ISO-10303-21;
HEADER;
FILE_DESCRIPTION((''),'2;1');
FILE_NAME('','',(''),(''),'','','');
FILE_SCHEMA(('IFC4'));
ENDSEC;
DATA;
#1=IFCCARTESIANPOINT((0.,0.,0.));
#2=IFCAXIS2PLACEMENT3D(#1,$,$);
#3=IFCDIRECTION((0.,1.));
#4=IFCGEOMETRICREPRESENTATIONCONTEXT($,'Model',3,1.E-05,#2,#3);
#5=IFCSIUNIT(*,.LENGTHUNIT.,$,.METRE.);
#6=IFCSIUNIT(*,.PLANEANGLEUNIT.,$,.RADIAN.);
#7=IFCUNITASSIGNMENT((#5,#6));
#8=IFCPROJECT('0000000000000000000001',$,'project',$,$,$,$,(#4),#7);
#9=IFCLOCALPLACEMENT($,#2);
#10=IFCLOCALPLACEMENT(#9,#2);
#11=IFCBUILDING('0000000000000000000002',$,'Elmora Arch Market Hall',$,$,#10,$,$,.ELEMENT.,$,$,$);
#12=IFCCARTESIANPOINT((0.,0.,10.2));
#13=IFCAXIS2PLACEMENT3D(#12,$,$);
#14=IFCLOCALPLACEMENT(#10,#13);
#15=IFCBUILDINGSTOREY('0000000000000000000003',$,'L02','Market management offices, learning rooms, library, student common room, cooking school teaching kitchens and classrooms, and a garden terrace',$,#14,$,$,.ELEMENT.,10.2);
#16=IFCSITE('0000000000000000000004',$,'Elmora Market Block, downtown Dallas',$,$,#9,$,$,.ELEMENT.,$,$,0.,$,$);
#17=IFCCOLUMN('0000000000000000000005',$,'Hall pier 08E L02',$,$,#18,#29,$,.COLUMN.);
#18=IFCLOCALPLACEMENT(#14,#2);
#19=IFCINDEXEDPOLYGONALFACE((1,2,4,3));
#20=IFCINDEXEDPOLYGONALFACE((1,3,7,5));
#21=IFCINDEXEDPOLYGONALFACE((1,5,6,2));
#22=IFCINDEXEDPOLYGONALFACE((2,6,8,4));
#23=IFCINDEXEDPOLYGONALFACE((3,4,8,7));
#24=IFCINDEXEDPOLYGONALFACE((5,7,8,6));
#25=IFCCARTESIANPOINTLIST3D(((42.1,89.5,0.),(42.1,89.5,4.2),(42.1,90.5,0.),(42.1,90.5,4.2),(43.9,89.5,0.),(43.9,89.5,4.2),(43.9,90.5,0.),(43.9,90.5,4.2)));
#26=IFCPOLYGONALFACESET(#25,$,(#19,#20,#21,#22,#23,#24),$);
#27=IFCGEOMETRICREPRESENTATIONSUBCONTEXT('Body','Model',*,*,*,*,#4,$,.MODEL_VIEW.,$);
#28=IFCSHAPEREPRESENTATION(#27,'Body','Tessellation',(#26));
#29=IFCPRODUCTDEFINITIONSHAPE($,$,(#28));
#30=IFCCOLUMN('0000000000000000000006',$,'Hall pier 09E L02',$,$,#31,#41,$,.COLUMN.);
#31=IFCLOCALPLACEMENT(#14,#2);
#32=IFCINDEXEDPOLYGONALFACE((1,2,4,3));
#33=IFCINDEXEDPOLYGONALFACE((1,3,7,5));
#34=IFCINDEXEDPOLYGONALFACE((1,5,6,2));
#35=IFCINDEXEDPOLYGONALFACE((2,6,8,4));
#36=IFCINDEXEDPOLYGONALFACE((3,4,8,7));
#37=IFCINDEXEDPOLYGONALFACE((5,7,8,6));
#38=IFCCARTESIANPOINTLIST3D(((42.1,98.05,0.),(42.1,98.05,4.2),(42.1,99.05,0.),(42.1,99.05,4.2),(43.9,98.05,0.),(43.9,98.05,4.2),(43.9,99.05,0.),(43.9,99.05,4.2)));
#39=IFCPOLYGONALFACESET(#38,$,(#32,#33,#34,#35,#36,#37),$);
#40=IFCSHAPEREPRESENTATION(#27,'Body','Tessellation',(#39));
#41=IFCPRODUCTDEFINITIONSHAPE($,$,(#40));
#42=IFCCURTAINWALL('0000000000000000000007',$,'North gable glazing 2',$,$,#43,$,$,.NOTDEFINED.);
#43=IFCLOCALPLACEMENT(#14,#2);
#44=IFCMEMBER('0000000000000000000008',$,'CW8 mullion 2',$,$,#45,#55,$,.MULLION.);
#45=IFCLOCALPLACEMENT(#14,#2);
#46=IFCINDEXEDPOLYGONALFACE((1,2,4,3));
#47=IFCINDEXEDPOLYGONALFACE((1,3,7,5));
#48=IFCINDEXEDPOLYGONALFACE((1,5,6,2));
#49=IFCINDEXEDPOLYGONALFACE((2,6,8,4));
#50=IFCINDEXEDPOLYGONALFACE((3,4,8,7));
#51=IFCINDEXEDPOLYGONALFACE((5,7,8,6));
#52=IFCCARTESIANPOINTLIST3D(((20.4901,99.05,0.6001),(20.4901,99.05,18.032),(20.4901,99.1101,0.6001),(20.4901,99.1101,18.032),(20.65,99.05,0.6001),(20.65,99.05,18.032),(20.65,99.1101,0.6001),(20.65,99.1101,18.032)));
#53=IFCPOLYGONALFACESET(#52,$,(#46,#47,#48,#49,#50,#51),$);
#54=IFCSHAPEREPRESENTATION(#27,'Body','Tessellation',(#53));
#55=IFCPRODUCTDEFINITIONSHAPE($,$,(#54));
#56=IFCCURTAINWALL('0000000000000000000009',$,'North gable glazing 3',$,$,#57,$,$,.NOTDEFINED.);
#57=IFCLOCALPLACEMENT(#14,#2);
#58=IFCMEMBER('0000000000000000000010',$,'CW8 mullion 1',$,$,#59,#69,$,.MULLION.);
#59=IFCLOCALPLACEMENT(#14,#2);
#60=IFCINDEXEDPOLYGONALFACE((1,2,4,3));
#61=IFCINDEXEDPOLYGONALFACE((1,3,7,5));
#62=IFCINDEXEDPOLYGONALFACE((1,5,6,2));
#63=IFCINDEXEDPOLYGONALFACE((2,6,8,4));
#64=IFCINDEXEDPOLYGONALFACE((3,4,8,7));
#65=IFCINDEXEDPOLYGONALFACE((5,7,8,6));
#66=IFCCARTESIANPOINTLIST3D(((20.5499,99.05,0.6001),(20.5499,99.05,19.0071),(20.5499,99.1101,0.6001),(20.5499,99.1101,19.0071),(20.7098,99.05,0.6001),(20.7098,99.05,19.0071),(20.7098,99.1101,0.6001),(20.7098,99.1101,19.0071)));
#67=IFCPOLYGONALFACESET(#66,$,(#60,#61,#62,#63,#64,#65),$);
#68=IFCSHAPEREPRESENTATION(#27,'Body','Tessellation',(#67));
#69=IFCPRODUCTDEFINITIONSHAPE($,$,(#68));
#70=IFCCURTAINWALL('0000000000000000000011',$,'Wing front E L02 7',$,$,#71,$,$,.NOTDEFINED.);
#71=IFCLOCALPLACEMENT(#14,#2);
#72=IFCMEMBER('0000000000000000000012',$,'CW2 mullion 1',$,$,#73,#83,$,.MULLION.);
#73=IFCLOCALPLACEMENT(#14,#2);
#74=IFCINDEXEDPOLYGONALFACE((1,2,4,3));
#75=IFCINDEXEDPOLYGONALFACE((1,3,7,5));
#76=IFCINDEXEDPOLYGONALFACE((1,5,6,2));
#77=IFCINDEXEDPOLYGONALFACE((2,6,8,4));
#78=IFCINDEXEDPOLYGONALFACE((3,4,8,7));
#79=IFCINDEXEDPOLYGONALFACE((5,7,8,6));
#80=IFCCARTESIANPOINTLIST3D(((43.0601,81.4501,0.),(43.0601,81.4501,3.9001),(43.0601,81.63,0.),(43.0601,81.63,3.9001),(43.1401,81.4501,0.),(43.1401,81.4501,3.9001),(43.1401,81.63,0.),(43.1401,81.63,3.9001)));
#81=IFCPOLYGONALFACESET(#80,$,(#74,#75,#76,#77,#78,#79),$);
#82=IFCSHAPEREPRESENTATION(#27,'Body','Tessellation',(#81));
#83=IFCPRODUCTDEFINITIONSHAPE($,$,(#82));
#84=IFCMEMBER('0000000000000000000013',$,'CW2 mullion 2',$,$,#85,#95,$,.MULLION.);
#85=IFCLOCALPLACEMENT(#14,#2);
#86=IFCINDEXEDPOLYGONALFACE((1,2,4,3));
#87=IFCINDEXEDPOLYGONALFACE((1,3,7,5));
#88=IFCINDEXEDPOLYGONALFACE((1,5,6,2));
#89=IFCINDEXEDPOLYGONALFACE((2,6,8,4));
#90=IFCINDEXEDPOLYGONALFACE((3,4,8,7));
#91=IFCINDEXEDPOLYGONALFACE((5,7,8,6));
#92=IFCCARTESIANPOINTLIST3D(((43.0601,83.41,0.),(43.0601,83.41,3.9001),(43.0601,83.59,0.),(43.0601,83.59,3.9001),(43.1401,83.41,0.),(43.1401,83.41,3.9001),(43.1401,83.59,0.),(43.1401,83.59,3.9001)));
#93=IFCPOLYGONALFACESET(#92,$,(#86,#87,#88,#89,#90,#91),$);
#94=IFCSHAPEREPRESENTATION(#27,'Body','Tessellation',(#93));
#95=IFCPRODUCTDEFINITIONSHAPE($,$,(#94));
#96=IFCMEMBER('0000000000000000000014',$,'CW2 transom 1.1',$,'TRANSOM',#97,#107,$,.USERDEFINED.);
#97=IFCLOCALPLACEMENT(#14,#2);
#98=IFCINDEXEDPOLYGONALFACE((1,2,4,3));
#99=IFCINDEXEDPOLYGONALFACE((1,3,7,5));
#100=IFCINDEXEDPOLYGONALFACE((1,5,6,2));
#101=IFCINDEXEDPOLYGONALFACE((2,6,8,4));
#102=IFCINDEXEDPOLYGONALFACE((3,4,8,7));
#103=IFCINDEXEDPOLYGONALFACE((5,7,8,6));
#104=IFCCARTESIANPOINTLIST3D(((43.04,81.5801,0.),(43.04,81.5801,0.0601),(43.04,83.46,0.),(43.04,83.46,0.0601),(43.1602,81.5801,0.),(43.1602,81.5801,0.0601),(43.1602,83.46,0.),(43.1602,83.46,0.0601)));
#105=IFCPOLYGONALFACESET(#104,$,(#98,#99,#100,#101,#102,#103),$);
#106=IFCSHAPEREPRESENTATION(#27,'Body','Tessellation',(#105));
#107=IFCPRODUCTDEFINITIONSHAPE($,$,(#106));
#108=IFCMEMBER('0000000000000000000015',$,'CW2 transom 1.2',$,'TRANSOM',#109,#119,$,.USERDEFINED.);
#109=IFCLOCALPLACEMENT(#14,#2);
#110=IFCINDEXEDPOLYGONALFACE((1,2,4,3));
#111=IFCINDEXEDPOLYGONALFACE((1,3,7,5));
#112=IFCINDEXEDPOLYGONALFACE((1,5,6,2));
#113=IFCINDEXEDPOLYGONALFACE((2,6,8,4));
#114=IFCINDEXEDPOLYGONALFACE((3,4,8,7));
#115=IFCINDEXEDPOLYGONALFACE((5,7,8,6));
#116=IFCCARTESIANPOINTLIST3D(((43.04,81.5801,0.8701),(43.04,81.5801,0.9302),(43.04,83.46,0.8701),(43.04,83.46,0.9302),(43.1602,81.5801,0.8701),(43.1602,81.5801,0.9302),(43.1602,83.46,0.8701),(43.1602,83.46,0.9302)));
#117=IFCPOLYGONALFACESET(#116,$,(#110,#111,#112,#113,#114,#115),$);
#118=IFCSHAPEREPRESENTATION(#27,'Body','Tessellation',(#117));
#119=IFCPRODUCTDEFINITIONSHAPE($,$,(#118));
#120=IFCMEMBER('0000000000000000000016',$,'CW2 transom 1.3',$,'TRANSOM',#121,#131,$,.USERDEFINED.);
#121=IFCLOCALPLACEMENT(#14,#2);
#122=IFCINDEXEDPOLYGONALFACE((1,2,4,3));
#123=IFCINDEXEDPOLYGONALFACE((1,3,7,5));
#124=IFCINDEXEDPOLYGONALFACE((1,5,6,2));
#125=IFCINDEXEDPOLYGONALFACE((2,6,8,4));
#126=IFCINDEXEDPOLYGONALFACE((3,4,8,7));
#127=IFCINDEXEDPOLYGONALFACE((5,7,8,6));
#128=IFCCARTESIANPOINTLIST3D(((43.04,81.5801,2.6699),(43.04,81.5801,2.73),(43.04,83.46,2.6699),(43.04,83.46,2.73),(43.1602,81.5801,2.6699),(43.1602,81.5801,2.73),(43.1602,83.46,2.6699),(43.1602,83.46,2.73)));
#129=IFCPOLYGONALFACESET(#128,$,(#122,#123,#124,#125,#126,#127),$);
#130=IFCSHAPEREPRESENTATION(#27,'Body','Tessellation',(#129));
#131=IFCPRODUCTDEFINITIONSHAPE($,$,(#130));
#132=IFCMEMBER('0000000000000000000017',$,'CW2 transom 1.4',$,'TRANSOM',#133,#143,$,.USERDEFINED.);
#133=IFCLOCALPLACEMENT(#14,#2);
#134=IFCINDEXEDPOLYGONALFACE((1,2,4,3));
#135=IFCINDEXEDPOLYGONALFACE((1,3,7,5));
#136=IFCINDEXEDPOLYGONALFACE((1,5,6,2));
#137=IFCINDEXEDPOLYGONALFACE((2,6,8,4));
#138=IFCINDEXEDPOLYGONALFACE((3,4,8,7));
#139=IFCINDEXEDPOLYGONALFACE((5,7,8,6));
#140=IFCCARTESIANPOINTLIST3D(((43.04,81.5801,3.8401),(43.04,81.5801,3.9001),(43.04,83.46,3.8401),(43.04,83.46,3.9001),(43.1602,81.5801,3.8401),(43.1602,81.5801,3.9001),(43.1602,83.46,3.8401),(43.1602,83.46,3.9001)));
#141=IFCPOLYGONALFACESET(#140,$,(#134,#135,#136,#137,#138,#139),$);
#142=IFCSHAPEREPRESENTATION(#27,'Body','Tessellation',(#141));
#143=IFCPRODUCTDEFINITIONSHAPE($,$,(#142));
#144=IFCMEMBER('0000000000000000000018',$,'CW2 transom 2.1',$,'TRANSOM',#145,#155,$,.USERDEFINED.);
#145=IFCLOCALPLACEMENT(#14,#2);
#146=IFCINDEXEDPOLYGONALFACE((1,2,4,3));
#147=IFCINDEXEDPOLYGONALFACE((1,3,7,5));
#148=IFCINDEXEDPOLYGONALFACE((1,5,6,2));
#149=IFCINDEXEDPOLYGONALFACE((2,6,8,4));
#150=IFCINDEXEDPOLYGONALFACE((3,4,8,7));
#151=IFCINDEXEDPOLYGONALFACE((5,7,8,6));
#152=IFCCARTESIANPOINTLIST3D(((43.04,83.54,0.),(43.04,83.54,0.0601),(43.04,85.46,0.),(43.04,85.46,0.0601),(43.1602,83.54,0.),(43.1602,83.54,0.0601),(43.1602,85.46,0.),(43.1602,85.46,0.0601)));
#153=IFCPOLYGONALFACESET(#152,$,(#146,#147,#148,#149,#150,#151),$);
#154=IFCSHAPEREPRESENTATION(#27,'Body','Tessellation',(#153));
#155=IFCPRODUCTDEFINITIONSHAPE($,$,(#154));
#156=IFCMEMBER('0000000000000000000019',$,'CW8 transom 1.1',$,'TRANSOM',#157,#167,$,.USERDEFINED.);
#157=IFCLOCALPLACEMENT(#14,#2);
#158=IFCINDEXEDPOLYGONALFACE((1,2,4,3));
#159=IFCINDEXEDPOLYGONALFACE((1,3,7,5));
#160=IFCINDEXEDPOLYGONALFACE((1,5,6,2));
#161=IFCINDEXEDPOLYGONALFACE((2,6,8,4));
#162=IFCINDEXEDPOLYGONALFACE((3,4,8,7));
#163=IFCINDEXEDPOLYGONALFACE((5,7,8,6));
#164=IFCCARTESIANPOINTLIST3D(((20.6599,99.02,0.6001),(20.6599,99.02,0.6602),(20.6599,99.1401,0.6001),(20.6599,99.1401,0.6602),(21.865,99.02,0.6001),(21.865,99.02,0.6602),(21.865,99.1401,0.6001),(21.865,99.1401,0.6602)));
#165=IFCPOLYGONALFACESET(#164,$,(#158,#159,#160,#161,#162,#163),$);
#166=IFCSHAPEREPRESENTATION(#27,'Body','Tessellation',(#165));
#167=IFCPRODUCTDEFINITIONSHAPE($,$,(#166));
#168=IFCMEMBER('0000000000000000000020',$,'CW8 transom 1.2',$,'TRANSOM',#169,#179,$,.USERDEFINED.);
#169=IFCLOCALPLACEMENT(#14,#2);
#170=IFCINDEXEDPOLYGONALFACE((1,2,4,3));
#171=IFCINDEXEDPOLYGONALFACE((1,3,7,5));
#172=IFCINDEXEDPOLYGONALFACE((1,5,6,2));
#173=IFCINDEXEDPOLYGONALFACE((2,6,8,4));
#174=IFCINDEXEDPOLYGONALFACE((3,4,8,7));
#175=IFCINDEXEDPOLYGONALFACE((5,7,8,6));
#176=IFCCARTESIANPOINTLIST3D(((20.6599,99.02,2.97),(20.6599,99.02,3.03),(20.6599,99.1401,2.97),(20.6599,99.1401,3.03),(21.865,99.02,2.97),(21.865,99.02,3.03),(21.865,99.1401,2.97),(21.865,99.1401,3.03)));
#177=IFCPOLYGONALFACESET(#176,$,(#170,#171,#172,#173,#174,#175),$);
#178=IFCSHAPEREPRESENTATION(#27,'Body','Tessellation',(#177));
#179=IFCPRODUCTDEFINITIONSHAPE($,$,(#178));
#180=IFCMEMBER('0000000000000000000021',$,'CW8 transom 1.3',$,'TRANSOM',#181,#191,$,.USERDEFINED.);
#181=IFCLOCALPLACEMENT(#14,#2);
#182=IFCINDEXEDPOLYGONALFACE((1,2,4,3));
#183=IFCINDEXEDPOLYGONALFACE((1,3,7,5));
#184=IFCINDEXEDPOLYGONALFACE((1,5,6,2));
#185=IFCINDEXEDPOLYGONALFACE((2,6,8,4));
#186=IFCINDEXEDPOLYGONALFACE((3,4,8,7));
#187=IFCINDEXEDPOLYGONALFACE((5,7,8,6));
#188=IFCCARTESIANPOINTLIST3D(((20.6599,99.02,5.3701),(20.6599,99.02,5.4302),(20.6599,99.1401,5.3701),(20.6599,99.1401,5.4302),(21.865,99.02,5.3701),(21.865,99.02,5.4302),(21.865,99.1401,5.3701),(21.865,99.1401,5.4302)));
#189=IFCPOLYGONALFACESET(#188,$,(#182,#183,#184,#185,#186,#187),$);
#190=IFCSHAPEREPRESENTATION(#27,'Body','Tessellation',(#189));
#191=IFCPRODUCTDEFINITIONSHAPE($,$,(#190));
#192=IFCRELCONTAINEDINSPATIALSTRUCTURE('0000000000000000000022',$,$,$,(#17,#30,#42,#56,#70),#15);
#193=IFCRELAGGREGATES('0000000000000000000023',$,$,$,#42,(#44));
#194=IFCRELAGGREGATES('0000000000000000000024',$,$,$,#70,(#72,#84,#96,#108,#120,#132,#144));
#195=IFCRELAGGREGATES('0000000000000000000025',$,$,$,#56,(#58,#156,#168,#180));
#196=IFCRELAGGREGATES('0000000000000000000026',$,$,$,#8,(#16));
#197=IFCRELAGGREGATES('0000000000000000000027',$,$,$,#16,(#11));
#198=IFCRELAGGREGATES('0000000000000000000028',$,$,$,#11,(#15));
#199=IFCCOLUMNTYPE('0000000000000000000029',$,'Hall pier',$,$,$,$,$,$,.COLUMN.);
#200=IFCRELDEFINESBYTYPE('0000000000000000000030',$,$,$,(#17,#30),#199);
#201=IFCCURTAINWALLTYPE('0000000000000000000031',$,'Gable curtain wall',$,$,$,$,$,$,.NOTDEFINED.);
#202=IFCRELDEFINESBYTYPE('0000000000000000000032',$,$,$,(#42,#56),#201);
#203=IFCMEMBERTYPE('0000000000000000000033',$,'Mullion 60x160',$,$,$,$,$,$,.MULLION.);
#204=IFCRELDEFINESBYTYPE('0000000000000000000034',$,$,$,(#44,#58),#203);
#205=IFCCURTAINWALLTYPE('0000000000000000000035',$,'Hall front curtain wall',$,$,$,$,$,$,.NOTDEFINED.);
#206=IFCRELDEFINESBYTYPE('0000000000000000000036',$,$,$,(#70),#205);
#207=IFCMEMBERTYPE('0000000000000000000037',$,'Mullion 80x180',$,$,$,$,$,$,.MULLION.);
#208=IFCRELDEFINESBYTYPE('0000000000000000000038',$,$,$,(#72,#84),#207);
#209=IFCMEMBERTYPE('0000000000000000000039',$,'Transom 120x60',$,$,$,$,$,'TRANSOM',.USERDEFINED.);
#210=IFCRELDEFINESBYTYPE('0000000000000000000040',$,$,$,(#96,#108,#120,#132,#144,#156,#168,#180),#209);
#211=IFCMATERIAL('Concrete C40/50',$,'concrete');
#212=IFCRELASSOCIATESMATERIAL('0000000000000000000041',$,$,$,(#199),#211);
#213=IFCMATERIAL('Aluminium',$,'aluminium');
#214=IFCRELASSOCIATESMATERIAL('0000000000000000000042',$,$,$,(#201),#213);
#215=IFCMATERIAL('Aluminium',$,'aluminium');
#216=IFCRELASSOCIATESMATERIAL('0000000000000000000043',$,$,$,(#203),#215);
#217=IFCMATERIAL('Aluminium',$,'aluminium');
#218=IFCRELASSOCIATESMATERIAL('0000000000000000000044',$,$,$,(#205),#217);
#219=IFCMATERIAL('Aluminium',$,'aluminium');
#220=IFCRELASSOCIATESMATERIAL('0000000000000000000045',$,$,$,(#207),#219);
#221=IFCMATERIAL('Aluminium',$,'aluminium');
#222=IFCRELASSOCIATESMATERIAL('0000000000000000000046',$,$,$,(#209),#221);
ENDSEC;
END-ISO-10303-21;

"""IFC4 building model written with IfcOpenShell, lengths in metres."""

from ifc_helpers import new_model, si_unit, direction, frame, origin, origin_2d, place, context, subcontext, project, spatial, rectangle, extrude, material, material_profile, profile_set, type_object, element, aggregate, save


model = new_model("IFC4")

# Units and contexts
model_context = context("Model", 3, precision=1e-05, world=origin(), true_north=direction((0.0, 1.0)))
body_context = subcontext(model_context, "Body", "Model", "MODEL_VIEW")
ifc_project = project(units=[si_unit("LENGTHUNIT", "METRE"), si_unit("PLANEANGLEUNIT", "RADIAN")], contexts=[model_context])

# Site, building, storey
site_placement = place(None, origin())
site = spatial("IfcSite", under=ifc_project, at=site_placement, Name="Elmora Market Block, downtown Dallas", CompositionType="ELEMENT", RefElevation=0.0)
building_placement = place(site_placement, origin())
building = spatial("IfcBuilding", under=site, at=building_placement, Name="Elmora Arch Market Hall", CompositionType="ELEMENT")
storey_placement = place(building_placement, frame((0.0, 0.0, 10.2)))
storey = spatial("IfcBuildingStorey", under=building, at=storey_placement, Name="L02", Description="Market management offices, learning rooms, library, student common room, cooking school teaching kitchens and classrooms, and a garden terrace", CompositionType="ELEMENT", Elevation=10.2)

# Columns
ifc_material_1 = material(Name="Concrete C40/50", Category="concrete")
ifc_material_profile_1 = material_profile(ifc_material_1, rectangle(XDim=1.8, YDim=1.0, at=origin_2d()), Name="Hall pier")
ifc_profile_set_1 = profile_set([ifc_material_profile_1], Name="Concrete C40/50")
column_type = type_object("IfcColumnType", Name="Hall pier", PredefinedType="COLUMN", material=ifc_profile_set_1)
for number, where, z_axis, x_axis, name in (
    (1, (43.0, 90.0, 0.0), (0.0, 0.0, 1.0), (1.0, 0.0, 0.0), "Hall pier 08E L02"),
    (2, (43.0, 98.55, 0.0), (0.0, 0.0, 1.0), (1.0, 0.0, 0.0), "Hall pier 09E L02"),
):
    element("IfcColumn", number, at=place(storey_placement, frame(where, z_axis=z_axis, x_axis=x_axis)), inside=storey, type_object=column_type, Name=name, PredefinedType="COLUMN", context=body_context, shape_type="SweptSolid", body=[
        extrude(rectangle(XDim=1.8, YDim=1.0, at=origin_2d()), origin(), (0.0, 0.0, 1.0), 4.2),
    ])

# Curtain walls, members
ifc_material_2 = material(Name="Aluminium", Category="aluminium")
curtain_wall_type_1 = type_object("IfcCurtainWallType", Name="Gable curtain wall", PredefinedType="NOTDEFINED", material=ifc_material_2)
curtain_wall_1_placement = place(storey_placement, origin())
curtain_wall_1 = element("IfcCurtainWall", 3, at=curtain_wall_1_placement, inside=storey, type_object=curtain_wall_type_1, Name="North gable glazing 2", PredefinedType="NOTDEFINED")
ifc_material_3 = material(Name="Aluminium", Category="aluminium")
ifc_material_profile_2 = material_profile(ifc_material_3, rectangle(XDim=0.0601, YDim=0.1599, at=origin_2d()), Name="AL 60x160")
ifc_profile_set_2 = profile_set([ifc_material_profile_2], Name="Aluminium")
member_type_1 = type_object("IfcMemberType", Name="Mullion 60x160", PredefinedType="MULLION", material=ifc_profile_set_2)
member_1_placement = place(storey_placement, frame((20.5701, 99.0801, 0.6001), z_axis=(0.0, 0.0, 1.0), x_axis=(0.0, 1.0, 0.0)))
member_1 = element("IfcMember", 4, at=member_1_placement, type_object=member_type_1, Name="CW8 mullion 2", PredefinedType="MULLION", context=body_context, shape_type="SweptSolid", body=[
    extrude(rectangle(XDim=0.0601, YDim=0.1599, at=origin_2d()), origin(), (0.0, 0.0, 1.0), 17.4319),
])
aggregate(curtain_wall_1, [member_1])
curtain_wall_2_placement = place(storey_placement, origin())
curtain_wall_2 = element("IfcCurtainWall", 5, at=curtain_wall_2_placement, inside=storey, type_object=curtain_wall_type_1, Name="North gable glazing 3", PredefinedType="NOTDEFINED")
member_2_placement = place(storey_placement, frame((20.6299, 99.0801, 0.6001), z_axis=(0.0, 0.0, 1.0), x_axis=(0.0, 1.0, 0.0)))
member_2 = element("IfcMember", 6, at=member_2_placement, type_object=member_type_1, Name="CW8 mullion 1", PredefinedType="MULLION", context=body_context, shape_type="SweptSolid", body=[
    extrude(rectangle(XDim=0.0601, YDim=0.1599, at=origin_2d()), origin(), (0.0, 0.0, 1.0), 18.407),
])

# Curtain wall, members
ifc_material_4 = material(Name="Aluminium", Category="aluminium")
curtain_wall_type_2 = type_object("IfcCurtainWallType", Name="Hall front curtain wall", PredefinedType="NOTDEFINED", material=ifc_material_4)
curtain_wall_3_placement = place(storey_placement, origin())
curtain_wall_3 = element("IfcCurtainWall", 7, at=curtain_wall_3_placement, inside=storey, type_object=curtain_wall_type_2, Name="Wing front E L02 7", PredefinedType="NOTDEFINED")
ifc_material_5 = material(Name="Aluminium", Category="aluminium")
ifc_material_profile_3 = material_profile(ifc_material_5, rectangle(XDim=0.0801, YDim=0.1799, at=origin_2d()), Name="AL 80x180")
ifc_profile_set_3 = profile_set([ifc_material_profile_3], Name="Aluminium")
member_type_2 = type_object("IfcMemberType", Name="Mullion 80x180", PredefinedType="MULLION", material=ifc_profile_set_3)
member_3_placement = place(storey_placement, frame((43.1001, 81.54, 0.0), z_axis=(0.0, 0.0, 1.0), x_axis=(-1.0, 0.0, 0.0)))
member_3 = element("IfcMember", 8, at=member_3_placement, type_object=member_type_2, Name="CW2 mullion 1", PredefinedType="MULLION", context=body_context, shape_type="SweptSolid", body=[
    extrude(rectangle(XDim=0.0801, YDim=0.1799, at=origin_2d()), origin(), (0.0, 0.0, 1.0), 3.9001),
])
member_4_placement = place(storey_placement, frame((43.1001, 83.5, 0.0), z_axis=(0.0, 0.0, 1.0), x_axis=(-1.0, 0.0, 0.0)))
member_4 = element("IfcMember", 9, at=member_4_placement, type_object=member_type_2, Name="CW2 mullion 2", PredefinedType="MULLION", context=body_context, shape_type="SweptSolid", body=[
    extrude(rectangle(XDim=0.0801, YDim=0.1799, at=origin_2d()), origin(), (0.0, 0.0, 1.0), 3.9001),
])
ifc_material_6 = material(Name="Aluminium", Category="aluminium")
ifc_material_profile_4 = material_profile(ifc_material_6, rectangle(XDim=0.1201, YDim=0.0601, at=origin_2d()), Name="AL 120x60")
ifc_profile_set_4 = profile_set([ifc_material_profile_4], Name="Aluminium")
member_type_3 = type_object("IfcMemberType", Name="Transom 120x60", ElementType="TRANSOM", PredefinedType="USERDEFINED", material=ifc_profile_set_4)
member_5_placement = place(storey_placement, frame((43.1001, 81.5801, 0.03), z_axis=(0.0, 1.0, 0.0), x_axis=(-1.0, 0.0, 0.0)))
member_5 = element("IfcMember", 10, at=member_5_placement, type_object=member_type_3, Name="CW2 transom 1.1", ObjectType="TRANSOM", PredefinedType="USERDEFINED", context=body_context, shape_type="SweptSolid", body=[
    extrude(rectangle(XDim=0.1201, YDim=0.0601, at=origin_2d()), origin(), (0.0, 0.0, 1.0), 1.8799),
])
member_6_placement = place(storey_placement, frame((43.1001, 81.5801, 0.9001), z_axis=(0.0, 1.0, 0.0), x_axis=(-1.0, 0.0, 0.0)))
member_6 = element("IfcMember", 11, at=member_6_placement, type_object=member_type_3, Name="CW2 transom 1.2", ObjectType="TRANSOM", PredefinedType="USERDEFINED", context=body_context, shape_type="SweptSolid", body=[
    extrude(rectangle(XDim=0.1201, YDim=0.0601, at=origin_2d()), origin(), (0.0, 0.0, 1.0), 1.8799),
])
member_7_placement = place(storey_placement, frame((43.1001, 81.5801, 2.7), z_axis=(0.0, 1.0, 0.0), x_axis=(-1.0, 0.0, 0.0)))
member_7 = element("IfcMember", 12, at=member_7_placement, type_object=member_type_3, Name="CW2 transom 1.3", ObjectType="TRANSOM", PredefinedType="USERDEFINED", context=body_context, shape_type="SweptSolid", body=[
    extrude(rectangle(XDim=0.1201, YDim=0.0601, at=origin_2d()), origin(), (0.0, 0.0, 1.0), 1.8799),
])
member_8_placement = place(storey_placement, frame((43.1001, 81.5801, 3.8701), z_axis=(0.0, 1.0, 0.0), x_axis=(-1.0, 0.0, 0.0)))
member_8 = element("IfcMember", 13, at=member_8_placement, type_object=member_type_3, Name="CW2 transom 1.4", ObjectType="TRANSOM", PredefinedType="USERDEFINED", context=body_context, shape_type="SweptSolid", body=[
    extrude(rectangle(XDim=0.1201, YDim=0.0601, at=origin_2d()), origin(), (0.0, 0.0, 1.0), 1.8799),
])
member_9_placement = place(storey_placement, frame((43.1001, 83.54, 0.03), z_axis=(0.0, 1.0, 0.0), x_axis=(-1.0, 0.0, 0.0)))
member_9 = element("IfcMember", 14, at=member_9_placement, type_object=member_type_3, Name="CW2 transom 2.1", ObjectType="TRANSOM", PredefinedType="USERDEFINED", context=body_context, shape_type="SweptSolid", body=[
    extrude(rectangle(XDim=0.1201, YDim=0.0601, at=origin_2d()), origin(), (0.0, 0.0, 1.0), 1.9199),
])

# Members
member_10_placement = place(storey_placement, frame((20.6599, 99.0801, 0.6301), z_axis=(1.0, 0.0, 0.0), x_axis=(0.0, 1.0, 0.0)))
member_10 = element("IfcMember", 15, at=member_10_placement, type_object=member_type_3, Name="CW8 transom 1.1", ObjectType="TRANSOM", PredefinedType="USERDEFINED", context=body_context, shape_type="SweptSolid", body=[
    extrude(rectangle(XDim=0.1201, YDim=0.0601, at=origin_2d()), origin(), (0.0, 0.0, 1.0), 1.2051),
])
member_11_placement = place(storey_placement, frame((20.6599, 99.0801, 3.0), z_axis=(1.0, 0.0, 0.0), x_axis=(0.0, 1.0, 0.0)))
member_11 = element("IfcMember", 16, at=member_11_placement, type_object=member_type_3, Name="CW8 transom 1.2", ObjectType="TRANSOM", PredefinedType="USERDEFINED", context=body_context, shape_type="SweptSolid", body=[
    extrude(rectangle(XDim=0.1201, YDim=0.0601, at=origin_2d()), origin(), (0.0, 0.0, 1.0), 1.2051),
])
member_12_placement = place(storey_placement, frame((20.6599, 99.0801, 5.4001), z_axis=(1.0, 0.0, 0.0), x_axis=(0.0, 1.0, 0.0)))
member_12 = element("IfcMember", 17, at=member_12_placement, type_object=member_type_3, Name="CW8 transom 1.3", ObjectType="TRANSOM", PredefinedType="USERDEFINED", context=body_context, shape_type="SweptSolid", body=[
    extrude(rectangle(XDim=0.1201, YDim=0.0601, at=origin_2d()), origin(), (0.0, 0.0, 1.0), 1.2051),
])

aggregate(curtain_wall_3, [member_3, member_4, member_5, member_6, member_7, member_8, member_9])
aggregate(curtain_wall_2, [member_2, member_10, member_11, member_12])

save(model, "model.ifc")
